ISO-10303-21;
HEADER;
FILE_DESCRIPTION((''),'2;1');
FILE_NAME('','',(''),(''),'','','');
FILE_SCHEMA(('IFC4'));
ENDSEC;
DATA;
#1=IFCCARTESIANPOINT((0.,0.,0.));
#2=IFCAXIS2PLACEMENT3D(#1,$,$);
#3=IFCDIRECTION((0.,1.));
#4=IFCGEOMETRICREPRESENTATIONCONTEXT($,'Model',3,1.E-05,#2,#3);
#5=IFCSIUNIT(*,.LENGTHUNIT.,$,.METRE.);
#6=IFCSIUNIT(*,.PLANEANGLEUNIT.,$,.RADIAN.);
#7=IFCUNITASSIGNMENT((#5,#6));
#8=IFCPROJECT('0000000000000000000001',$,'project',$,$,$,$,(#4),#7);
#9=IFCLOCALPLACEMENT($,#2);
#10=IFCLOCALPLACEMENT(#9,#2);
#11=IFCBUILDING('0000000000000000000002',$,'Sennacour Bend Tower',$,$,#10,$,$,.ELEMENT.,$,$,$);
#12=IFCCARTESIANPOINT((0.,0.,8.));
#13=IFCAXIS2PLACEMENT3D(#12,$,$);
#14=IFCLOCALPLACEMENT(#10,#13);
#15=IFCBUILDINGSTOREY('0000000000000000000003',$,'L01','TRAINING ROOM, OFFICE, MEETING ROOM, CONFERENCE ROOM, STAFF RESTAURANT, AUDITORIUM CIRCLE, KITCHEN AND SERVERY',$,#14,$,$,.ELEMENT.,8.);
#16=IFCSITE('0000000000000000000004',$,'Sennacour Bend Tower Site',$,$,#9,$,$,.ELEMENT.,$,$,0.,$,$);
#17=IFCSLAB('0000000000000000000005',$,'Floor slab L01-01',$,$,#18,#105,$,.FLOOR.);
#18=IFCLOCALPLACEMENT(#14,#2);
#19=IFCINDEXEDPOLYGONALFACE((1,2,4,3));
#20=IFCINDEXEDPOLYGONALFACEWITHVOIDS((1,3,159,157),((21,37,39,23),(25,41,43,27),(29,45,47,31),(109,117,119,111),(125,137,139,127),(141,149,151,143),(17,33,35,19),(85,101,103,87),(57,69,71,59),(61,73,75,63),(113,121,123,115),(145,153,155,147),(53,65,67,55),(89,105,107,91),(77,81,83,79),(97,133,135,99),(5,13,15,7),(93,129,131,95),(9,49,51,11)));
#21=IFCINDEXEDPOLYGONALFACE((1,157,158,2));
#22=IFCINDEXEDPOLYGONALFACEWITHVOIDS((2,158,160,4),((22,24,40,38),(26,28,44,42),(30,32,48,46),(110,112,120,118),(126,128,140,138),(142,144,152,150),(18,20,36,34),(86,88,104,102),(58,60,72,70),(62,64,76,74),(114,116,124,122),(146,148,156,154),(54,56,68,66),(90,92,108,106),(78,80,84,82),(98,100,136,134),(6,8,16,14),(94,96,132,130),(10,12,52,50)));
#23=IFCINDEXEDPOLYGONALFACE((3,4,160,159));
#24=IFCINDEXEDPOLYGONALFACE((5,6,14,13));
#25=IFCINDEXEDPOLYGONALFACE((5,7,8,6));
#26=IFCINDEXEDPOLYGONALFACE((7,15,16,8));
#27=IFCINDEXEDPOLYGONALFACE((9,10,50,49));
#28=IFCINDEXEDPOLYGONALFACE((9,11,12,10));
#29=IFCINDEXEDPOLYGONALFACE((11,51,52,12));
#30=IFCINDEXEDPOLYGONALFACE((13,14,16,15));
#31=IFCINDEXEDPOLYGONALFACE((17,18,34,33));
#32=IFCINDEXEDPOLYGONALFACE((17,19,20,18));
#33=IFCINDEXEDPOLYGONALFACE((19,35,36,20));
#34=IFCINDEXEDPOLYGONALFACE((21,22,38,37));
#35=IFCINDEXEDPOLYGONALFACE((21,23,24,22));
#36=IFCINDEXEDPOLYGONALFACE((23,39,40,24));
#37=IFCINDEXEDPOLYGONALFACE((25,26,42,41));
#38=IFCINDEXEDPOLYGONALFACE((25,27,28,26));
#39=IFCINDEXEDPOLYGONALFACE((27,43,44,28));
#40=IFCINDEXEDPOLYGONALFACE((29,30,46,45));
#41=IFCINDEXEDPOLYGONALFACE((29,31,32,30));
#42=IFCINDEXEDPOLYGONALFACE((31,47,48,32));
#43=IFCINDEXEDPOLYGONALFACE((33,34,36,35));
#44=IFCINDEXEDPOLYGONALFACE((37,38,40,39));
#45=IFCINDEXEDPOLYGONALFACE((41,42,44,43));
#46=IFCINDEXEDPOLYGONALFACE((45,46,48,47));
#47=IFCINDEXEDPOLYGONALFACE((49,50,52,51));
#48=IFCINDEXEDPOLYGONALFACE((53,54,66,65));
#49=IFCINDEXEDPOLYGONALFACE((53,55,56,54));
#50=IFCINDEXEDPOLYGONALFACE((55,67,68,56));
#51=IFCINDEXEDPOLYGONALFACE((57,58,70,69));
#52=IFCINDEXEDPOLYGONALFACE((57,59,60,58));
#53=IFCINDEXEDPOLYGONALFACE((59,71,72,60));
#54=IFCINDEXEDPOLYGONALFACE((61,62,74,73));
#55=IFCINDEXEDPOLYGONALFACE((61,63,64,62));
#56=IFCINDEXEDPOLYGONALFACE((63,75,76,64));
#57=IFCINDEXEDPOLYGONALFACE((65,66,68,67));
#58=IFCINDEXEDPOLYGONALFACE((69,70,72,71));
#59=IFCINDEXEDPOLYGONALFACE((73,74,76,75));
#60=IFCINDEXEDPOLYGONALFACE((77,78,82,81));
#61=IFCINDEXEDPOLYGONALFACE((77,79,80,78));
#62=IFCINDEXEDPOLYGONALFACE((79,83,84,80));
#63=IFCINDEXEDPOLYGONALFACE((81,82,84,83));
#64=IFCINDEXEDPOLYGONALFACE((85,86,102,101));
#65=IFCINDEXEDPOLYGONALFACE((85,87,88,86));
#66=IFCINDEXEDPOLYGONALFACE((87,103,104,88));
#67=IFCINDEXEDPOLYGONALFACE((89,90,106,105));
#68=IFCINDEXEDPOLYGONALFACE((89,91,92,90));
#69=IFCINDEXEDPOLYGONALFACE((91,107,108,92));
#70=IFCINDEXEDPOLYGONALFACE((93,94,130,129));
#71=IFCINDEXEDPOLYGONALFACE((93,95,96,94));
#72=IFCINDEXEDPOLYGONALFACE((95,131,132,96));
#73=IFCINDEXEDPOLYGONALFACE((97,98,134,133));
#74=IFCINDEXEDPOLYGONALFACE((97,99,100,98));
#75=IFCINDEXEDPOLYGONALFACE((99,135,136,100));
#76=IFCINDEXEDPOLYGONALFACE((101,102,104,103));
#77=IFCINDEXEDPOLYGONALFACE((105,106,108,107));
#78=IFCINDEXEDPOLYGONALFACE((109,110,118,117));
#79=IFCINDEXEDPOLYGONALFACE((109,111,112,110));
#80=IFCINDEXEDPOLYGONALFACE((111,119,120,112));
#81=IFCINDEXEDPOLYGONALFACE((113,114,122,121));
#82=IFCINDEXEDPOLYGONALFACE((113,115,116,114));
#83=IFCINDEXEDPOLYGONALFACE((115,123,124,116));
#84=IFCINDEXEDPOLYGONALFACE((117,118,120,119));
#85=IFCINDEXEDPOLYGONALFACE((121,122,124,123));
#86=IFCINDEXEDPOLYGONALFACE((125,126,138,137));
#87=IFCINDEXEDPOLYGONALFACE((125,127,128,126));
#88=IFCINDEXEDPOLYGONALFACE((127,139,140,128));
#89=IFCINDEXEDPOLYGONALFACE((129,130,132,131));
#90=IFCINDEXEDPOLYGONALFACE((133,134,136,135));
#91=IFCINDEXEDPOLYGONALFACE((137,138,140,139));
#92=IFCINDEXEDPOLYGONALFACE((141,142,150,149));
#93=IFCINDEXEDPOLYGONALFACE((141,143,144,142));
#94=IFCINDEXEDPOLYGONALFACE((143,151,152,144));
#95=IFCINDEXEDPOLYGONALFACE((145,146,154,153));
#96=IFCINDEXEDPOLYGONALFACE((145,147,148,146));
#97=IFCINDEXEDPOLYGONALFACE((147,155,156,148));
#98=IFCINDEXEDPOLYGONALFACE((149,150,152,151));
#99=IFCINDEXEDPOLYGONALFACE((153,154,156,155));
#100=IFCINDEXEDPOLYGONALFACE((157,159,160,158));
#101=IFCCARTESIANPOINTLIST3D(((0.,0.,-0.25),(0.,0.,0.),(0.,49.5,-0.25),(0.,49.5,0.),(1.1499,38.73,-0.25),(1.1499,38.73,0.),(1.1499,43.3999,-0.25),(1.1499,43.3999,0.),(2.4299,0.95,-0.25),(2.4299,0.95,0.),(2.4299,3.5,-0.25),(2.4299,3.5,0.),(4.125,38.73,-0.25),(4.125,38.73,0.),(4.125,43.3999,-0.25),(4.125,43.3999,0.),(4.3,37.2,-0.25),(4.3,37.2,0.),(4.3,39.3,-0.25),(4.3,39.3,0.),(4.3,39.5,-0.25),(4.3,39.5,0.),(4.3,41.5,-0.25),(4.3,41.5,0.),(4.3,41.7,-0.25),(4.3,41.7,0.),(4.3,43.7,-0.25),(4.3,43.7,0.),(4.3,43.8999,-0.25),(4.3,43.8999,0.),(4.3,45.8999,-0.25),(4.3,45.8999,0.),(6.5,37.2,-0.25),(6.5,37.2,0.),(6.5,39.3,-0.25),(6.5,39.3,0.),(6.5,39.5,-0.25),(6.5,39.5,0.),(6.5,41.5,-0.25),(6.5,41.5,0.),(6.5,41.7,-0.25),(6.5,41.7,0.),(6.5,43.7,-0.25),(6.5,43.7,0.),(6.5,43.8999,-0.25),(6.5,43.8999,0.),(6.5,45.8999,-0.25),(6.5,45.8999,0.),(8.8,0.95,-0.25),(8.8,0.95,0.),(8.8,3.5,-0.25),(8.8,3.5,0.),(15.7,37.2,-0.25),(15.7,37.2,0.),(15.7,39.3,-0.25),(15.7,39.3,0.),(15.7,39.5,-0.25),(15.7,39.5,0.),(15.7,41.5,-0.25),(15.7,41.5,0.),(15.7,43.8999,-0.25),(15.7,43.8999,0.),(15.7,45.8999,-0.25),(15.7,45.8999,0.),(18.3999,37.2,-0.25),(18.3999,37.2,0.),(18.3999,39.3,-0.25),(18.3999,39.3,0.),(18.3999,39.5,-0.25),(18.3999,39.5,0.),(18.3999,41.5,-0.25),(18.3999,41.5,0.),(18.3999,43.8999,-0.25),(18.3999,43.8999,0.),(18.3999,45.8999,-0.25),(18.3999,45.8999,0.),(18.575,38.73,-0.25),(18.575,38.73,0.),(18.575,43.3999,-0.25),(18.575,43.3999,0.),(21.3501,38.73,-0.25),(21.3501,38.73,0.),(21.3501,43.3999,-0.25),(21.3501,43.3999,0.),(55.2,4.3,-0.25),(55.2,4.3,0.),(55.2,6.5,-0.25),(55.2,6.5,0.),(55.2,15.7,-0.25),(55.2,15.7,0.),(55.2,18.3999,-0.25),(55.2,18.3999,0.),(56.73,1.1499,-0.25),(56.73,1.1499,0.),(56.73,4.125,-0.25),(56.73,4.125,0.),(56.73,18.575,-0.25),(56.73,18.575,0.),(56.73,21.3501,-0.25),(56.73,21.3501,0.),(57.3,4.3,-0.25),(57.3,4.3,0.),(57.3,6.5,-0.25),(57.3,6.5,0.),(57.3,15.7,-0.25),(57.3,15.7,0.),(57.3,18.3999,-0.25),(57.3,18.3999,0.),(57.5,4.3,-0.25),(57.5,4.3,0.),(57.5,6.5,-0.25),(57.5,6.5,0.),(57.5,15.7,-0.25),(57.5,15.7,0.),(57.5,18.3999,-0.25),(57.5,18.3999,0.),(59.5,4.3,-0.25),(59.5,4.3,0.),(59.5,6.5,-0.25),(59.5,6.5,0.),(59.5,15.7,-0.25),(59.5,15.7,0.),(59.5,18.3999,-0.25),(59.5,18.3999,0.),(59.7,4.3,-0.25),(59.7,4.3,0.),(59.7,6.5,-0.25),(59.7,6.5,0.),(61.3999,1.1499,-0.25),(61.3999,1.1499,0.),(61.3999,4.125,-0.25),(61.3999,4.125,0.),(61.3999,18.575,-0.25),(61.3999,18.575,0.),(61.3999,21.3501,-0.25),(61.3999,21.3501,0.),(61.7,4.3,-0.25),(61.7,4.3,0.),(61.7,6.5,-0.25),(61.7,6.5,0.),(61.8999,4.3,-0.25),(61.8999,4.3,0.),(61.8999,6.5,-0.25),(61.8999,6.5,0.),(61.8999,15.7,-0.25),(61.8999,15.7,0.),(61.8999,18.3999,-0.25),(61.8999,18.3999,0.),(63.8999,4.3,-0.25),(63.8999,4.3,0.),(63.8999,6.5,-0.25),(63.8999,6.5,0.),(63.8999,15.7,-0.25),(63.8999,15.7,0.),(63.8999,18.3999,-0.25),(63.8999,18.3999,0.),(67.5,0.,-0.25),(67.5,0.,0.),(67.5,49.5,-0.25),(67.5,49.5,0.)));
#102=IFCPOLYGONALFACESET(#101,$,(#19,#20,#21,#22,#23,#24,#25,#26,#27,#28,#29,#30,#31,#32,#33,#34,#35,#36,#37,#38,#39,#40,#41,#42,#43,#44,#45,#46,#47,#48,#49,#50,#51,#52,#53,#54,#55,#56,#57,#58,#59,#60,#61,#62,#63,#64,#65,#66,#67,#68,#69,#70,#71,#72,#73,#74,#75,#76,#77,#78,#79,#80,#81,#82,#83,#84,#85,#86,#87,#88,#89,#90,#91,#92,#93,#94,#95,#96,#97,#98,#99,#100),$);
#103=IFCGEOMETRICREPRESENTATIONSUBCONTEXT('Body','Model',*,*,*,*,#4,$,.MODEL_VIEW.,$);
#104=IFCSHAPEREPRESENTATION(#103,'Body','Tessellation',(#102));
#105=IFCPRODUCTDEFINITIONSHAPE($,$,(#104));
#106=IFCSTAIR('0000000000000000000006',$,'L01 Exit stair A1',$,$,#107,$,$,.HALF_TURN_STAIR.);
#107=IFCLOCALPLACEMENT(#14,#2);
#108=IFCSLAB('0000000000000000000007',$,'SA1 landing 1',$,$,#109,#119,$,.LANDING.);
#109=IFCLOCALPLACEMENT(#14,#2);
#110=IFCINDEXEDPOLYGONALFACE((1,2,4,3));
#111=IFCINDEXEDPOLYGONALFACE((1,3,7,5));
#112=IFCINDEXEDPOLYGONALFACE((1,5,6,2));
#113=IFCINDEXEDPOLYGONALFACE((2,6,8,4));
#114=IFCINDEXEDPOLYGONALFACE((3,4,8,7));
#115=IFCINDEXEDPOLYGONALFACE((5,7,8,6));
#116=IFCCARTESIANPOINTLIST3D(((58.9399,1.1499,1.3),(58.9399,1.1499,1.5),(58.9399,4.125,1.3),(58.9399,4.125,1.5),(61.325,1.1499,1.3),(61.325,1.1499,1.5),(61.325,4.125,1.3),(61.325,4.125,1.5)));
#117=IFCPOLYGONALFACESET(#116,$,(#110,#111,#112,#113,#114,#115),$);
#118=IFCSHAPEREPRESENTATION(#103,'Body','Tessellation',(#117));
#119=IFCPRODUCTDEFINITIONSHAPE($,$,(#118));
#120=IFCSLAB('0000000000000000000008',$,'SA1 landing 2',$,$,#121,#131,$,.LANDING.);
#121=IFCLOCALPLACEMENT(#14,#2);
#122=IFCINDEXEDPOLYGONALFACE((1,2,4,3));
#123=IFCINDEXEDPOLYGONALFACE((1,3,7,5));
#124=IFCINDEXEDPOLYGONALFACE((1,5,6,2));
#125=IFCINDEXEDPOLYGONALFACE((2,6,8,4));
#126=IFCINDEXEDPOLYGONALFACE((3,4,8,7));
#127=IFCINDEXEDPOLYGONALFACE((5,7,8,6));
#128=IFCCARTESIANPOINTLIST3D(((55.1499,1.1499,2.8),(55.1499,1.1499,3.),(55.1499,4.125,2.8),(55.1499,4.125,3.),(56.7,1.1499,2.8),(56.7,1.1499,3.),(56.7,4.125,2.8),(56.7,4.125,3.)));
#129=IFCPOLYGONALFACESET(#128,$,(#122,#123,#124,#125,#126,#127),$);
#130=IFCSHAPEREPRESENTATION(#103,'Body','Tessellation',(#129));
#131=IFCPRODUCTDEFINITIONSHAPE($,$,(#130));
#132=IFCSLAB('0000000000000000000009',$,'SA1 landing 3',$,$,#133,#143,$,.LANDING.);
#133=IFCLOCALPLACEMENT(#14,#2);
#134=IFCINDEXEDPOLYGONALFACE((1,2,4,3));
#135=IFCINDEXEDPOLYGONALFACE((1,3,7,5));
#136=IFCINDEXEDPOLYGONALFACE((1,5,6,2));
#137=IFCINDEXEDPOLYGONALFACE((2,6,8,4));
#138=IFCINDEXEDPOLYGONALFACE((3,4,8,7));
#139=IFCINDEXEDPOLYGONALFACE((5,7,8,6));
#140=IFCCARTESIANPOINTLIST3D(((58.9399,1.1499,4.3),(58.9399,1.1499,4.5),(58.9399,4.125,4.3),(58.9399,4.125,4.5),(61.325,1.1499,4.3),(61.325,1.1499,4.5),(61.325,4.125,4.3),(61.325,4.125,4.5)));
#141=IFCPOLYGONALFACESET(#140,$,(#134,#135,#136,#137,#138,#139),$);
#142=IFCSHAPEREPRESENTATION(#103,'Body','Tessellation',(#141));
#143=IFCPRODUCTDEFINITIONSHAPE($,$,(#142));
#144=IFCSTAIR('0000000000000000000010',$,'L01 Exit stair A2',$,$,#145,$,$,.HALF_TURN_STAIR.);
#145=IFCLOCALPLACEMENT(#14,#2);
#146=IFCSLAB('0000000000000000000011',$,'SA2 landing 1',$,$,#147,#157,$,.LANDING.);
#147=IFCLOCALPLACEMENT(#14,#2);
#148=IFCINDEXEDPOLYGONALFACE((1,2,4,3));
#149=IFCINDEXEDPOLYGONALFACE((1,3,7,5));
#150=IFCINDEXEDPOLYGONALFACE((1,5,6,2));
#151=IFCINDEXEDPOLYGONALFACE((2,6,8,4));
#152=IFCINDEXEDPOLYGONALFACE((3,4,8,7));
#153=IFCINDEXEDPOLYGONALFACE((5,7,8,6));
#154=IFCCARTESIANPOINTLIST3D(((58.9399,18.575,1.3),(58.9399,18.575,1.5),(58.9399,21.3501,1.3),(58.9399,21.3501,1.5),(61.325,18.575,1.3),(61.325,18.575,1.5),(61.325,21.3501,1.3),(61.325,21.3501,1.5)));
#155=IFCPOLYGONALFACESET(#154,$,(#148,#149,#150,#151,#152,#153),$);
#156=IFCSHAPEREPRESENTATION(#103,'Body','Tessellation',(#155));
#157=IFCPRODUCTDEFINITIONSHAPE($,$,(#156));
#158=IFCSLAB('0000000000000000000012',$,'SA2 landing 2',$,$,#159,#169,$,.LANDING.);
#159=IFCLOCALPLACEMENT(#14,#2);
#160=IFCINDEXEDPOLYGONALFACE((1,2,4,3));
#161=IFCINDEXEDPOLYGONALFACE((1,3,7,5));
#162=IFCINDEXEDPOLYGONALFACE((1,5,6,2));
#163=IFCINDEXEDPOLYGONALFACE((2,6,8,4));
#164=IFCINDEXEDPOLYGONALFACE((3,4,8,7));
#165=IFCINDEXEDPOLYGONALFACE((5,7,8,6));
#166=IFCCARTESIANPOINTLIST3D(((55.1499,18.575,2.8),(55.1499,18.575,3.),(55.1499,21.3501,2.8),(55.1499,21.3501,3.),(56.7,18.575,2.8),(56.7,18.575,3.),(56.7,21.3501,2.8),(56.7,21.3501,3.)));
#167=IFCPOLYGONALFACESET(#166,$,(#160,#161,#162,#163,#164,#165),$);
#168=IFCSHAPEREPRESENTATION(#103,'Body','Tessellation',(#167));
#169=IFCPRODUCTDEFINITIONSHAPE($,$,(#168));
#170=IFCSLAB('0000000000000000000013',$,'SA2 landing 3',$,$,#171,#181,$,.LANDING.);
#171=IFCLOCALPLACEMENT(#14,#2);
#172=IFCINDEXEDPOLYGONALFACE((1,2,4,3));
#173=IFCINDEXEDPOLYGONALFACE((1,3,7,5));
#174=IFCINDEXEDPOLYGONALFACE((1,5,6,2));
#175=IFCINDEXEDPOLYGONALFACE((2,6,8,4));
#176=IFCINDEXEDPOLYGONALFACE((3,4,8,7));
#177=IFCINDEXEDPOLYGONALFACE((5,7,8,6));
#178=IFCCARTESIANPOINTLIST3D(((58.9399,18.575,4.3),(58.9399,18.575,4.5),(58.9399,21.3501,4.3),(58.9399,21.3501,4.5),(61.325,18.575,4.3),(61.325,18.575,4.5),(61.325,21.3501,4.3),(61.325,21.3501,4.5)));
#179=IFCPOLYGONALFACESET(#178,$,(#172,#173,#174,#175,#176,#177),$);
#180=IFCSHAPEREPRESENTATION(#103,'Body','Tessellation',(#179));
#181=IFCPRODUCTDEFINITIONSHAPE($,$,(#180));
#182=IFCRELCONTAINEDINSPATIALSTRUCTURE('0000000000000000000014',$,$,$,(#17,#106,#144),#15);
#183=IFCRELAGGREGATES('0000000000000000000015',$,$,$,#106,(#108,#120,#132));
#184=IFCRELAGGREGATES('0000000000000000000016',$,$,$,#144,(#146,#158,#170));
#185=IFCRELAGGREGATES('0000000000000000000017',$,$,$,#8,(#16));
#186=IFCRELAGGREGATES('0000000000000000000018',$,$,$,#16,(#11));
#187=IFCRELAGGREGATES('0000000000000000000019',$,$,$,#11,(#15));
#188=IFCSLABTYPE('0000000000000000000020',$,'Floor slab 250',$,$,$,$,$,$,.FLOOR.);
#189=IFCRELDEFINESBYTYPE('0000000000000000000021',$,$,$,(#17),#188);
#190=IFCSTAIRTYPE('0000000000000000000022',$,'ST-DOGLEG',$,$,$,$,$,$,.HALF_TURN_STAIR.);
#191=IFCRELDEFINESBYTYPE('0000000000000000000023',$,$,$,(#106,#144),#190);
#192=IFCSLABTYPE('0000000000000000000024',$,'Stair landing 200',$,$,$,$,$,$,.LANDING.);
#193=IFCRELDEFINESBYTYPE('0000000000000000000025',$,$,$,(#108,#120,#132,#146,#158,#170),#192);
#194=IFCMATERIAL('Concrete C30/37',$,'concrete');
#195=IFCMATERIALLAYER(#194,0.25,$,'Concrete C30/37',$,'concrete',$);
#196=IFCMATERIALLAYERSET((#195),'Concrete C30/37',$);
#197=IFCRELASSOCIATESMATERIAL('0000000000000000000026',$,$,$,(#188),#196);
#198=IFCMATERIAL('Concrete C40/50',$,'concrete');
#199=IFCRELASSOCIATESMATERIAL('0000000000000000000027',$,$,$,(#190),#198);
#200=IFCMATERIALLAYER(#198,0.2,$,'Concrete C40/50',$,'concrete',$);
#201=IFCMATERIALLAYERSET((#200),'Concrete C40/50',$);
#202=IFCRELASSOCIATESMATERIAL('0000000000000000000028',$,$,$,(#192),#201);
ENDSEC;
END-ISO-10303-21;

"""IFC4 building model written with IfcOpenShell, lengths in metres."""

from ifc_helpers import new_model, si_unit, direction, frame, origin, place, context, subcontext, project, spatial, polyline, outline, extrude, material, layer, layer_set, type_object, element, aggregate, save


model = new_model("IFC4")

# Units and contexts
model_context = context("Model", 3, precision=1e-05, world=origin(), true_north=direction((0.0, 1.0)))
body_context = subcontext(model_context, "Body", "Model", "MODEL_VIEW")
ifc_project = project(units=[si_unit("LENGTHUNIT", "METRE"), si_unit("PLANEANGLEUNIT", "RADIAN")], contexts=[model_context])

# Site, building, storey
site_placement = place(None, origin())
site = spatial("IfcSite", under=ifc_project, at=site_placement, Name="Sennacour Bend Tower Site", CompositionType="ELEMENT", RefElevation=0.0)
building_placement = place(site_placement, origin())
building = spatial("IfcBuilding", under=site, at=building_placement, Name="Sennacour Bend Tower", CompositionType="ELEMENT")
storey_placement = place(building_placement, frame((0.0, 0.0, 8.0)))
storey = spatial("IfcBuildingStorey", under=building, at=storey_placement, Name="L01", Description="TRAINING ROOM, OFFICE, MEETING ROOM, CONFERENCE ROOM, STAFF RESTAURANT, AUDITORIUM CIRCLE, KITCHEN AND SERVERY", CompositionType="ELEMENT", Elevation=8.0)

# Slab
ifc_material_1 = material(Name="Concrete C30/37", Category="concrete")
ifc_layer_1 = layer(ifc_material_1, 0.25, Name="Concrete C30/37", Category="concrete")
ifc_layer_set_1 = layer_set([ifc_layer_1], Name="Concrete C30/37")
slab_type_1 = type_object("IfcSlabType", Name="Floor slab 250", PredefinedType="FLOOR", material=ifc_layer_set_1)
slab_1_placement = place(storey_placement, frame((0.0, 0.0, -0.25)))
element("IfcSlab", 1, at=slab_1_placement, inside=storey, type_object=slab_type_1, Name="Floor slab L01-01", PredefinedType="FLOOR", context=body_context, shape_type="SweptSolid", body=[
    extrude(outline(polyline([(0.0, 0.0), (0.0, 49.5), (67.5, 49.5), (67.5, 0.0), (0.0, 0.0)]), holes=[polyline([(8.8, 0.95), (8.8, 3.5), (2.4299, 3.5), (2.4299, 0.95), (8.8, 0.95)]), polyline([(6.5, 37.2), (6.5, 39.3), (4.3, 39.3), (4.3, 37.2), (6.5, 37.2)]), polyline([(18.3999, 37.2), (18.3999, 39.3), (15.7, 39.3), (15.7, 37.2), (18.3999, 37.2)]), polyline([(6.5, 39.5), (6.5, 41.5), (4.3, 41.5), (4.3, 39.5), (6.5, 39.5)]), polyline([(18.3999, 39.5), (18.3999, 41.5), (15.7, 41.5), (15.7, 39.5), (18.3999, 39.5)]), polyline([(4.125, 38.73), (4.125, 43.3999), (1.1499, 43.3999), (1.1499, 38.73), (4.125, 38.73)]), polyline([(21.3501, 38.73), (21.3501, 43.3999), (18.575, 43.3999), (18.575, 38.73), (21.3501, 38.73)]), polyline([(4.3, 41.7), (6.5, 41.7), (6.5, 43.7), (4.3, 43.7), (4.3, 41.7)]), polyline([(4.3, 43.8999), (6.5, 43.8999), (6.5, 45.8999), (4.3, 45.8999), (4.3, 43.8999)]), polyline([(18.3999, 43.8999), (18.3999, 45.8999), (15.7, 45.8999), (15.7, 43.8999), (18.3999, 43.8999)]), polyline([(61.3999, 1.1499), (61.3999, 4.125), (56.73, 4.125), (56.73, 1.1499), (61.3999, 1.1499)]), polyline([(57.3, 4.3), (57.3, 6.5), (55.2, 6.5), (55.2, 4.3), (57.3, 4.3)]), polyline([(57.5, 4.3), (59.5, 4.3), (59.5, 6.5), (57.5, 6.5), (57.5, 4.3)]), polyline([(59.7, 4.3), (61.7, 4.3), (61.7, 6.5), (59.7, 6.5), (59.7, 4.3)]), polyline([(63.8999, 4.3), (63.8999, 6.5), (61.8999, 6.5), (61.8999, 4.3), (63.8999, 4.3)]), polyline([(57.3, 15.7), (57.3, 18.3999), (55.2, 18.3999), (55.2, 15.7), (57.3, 15.7)]), polyline([(59.5, 15.7), (59.5, 18.3999), (57.5, 18.3999), (57.5, 15.7), (59.5, 15.7)]), polyline([(61.8999, 15.7), (63.8999, 15.7), (63.8999, 18.3999), (61.8999, 18.3999), (61.8999, 15.7)]), polyline([(56.73, 18.575), (61.3999, 18.575), (61.3999, 21.3501), (56.73, 21.3501), (56.73, 18.575)])]), origin(), (0.0, 0.0, 1.0), 0.25),
])

# Stairs, slabs
ifc_material_2 = material(Name="Concrete C40/50", Category="concrete")
stair_type = type_object("IfcStairType", Name="ST-DOGLEG", PredefinedType="HALF_TURN_STAIR", material=ifc_material_2)
stair_1_placement = place(storey_placement, origin())
stair_1 = element("IfcStair", 2, at=stair_1_placement, inside=storey, type_object=stair_type, Name="L01 Exit stair A1", PredefinedType="HALF_TURN_STAIR")
ifc_layer_2 = layer(ifc_material_2, 0.2, Name="Concrete C40/50", Category="concrete")
ifc_layer_set_2 = layer_set([ifc_layer_2], Name="Concrete C40/50")
slab_type_2 = type_object("IfcSlabType", Name="Stair landing 200", PredefinedType="LANDING", material=ifc_layer_set_2)
slab_2_placement = place(storey_placement, frame((0.0, 0.0, 1.3)))
slab_2 = element("IfcSlab", 3, at=slab_2_placement, type_object=slab_type_2, Name="SA1 landing 1", PredefinedType="LANDING", context=body_context, shape_type="SweptSolid", body=[
    extrude(outline(polyline([(58.9399, 1.1499), (61.325, 1.1499), (61.325, 4.125), (58.9399, 4.125), (58.9399, 1.1499)])), origin(), (0.0, 0.0, 1.0), 0.2),
])
slab_3_placement = place(storey_placement, frame((0.0, 0.0, 2.8)))
slab_3 = element("IfcSlab", 4, at=slab_3_placement, type_object=slab_type_2, Name="SA1 landing 2", PredefinedType="LANDING", context=body_context, shape_type="SweptSolid", body=[
    extrude(outline(polyline([(55.1499, 1.1499), (56.7, 1.1499), (56.7, 4.125), (55.1499, 4.125), (55.1499, 1.1499)])), origin(), (0.0, 0.0, 1.0), 0.2),
])
slab_4_placement = place(storey_placement, frame((0.0, 0.0, 4.3)))
slab_4 = element("IfcSlab", 5, at=slab_4_placement, type_object=slab_type_2, Name="SA1 landing 3", PredefinedType="LANDING", context=body_context, shape_type="SweptSolid", body=[
    extrude(outline(polyline([(58.9399, 1.1499), (61.325, 1.1499), (61.325, 4.125), (58.9399, 4.125), (58.9399, 1.1499)])), origin(), (0.0, 0.0, 1.0), 0.2),
])
aggregate(stair_1, [slab_2, slab_3, slab_4])
stair_2_placement = place(storey_placement, origin())
stair_2 = element("IfcStair", 6, at=stair_2_placement, inside=storey, type_object=stair_type, Name="L01 Exit stair A2", PredefinedType="HALF_TURN_STAIR")
slab_5_placement = place(storey_placement, frame((0.0, 0.0, 1.3)))
slab_5 = element("IfcSlab", 7, at=slab_5_placement, type_object=slab_type_2, Name="SA2 landing 1", PredefinedType="LANDING", context=body_context, shape_type="SweptSolid", body=[
    extrude(outline(polyline([(58.9399, 18.575), (61.325, 18.575), (61.325, 21.3501), (58.9399, 21.3501), (58.9399, 18.575)])), origin(), (0.0, 0.0, 1.0), 0.2),
])
slab_6_placement = place(storey_placement, frame((0.0, 0.0, 2.8)))
slab_6 = element("IfcSlab", 8, at=slab_6_placement, type_object=slab_type_2, Name="SA2 landing 2", PredefinedType="LANDING", context=body_context, shape_type="SweptSolid", body=[
    extrude(outline(polyline([(55.1499, 18.575), (56.7, 18.575), (56.7, 21.3501), (55.1499, 21.3501), (55.1499, 18.575)])), origin(), (0.0, 0.0, 1.0), 0.2),
])
slab_7_placement = place(storey_placement, frame((0.0, 0.0, 4.3)))
slab_7 = element("IfcSlab", 9, at=slab_7_placement, type_object=slab_type_2, Name="SA2 landing 3", PredefinedType="LANDING", context=body_context, shape_type="SweptSolid", body=[
    extrude(outline(polyline([(58.9399, 18.575), (61.325, 18.575), (61.325, 21.3501), (58.9399, 21.3501), (58.9399, 18.575)])), origin(), (0.0, 0.0, 1.0), 0.2),
])
aggregate(stair_2, [slab_5, slab_6, slab_7])

save(model, "model.ifc")
